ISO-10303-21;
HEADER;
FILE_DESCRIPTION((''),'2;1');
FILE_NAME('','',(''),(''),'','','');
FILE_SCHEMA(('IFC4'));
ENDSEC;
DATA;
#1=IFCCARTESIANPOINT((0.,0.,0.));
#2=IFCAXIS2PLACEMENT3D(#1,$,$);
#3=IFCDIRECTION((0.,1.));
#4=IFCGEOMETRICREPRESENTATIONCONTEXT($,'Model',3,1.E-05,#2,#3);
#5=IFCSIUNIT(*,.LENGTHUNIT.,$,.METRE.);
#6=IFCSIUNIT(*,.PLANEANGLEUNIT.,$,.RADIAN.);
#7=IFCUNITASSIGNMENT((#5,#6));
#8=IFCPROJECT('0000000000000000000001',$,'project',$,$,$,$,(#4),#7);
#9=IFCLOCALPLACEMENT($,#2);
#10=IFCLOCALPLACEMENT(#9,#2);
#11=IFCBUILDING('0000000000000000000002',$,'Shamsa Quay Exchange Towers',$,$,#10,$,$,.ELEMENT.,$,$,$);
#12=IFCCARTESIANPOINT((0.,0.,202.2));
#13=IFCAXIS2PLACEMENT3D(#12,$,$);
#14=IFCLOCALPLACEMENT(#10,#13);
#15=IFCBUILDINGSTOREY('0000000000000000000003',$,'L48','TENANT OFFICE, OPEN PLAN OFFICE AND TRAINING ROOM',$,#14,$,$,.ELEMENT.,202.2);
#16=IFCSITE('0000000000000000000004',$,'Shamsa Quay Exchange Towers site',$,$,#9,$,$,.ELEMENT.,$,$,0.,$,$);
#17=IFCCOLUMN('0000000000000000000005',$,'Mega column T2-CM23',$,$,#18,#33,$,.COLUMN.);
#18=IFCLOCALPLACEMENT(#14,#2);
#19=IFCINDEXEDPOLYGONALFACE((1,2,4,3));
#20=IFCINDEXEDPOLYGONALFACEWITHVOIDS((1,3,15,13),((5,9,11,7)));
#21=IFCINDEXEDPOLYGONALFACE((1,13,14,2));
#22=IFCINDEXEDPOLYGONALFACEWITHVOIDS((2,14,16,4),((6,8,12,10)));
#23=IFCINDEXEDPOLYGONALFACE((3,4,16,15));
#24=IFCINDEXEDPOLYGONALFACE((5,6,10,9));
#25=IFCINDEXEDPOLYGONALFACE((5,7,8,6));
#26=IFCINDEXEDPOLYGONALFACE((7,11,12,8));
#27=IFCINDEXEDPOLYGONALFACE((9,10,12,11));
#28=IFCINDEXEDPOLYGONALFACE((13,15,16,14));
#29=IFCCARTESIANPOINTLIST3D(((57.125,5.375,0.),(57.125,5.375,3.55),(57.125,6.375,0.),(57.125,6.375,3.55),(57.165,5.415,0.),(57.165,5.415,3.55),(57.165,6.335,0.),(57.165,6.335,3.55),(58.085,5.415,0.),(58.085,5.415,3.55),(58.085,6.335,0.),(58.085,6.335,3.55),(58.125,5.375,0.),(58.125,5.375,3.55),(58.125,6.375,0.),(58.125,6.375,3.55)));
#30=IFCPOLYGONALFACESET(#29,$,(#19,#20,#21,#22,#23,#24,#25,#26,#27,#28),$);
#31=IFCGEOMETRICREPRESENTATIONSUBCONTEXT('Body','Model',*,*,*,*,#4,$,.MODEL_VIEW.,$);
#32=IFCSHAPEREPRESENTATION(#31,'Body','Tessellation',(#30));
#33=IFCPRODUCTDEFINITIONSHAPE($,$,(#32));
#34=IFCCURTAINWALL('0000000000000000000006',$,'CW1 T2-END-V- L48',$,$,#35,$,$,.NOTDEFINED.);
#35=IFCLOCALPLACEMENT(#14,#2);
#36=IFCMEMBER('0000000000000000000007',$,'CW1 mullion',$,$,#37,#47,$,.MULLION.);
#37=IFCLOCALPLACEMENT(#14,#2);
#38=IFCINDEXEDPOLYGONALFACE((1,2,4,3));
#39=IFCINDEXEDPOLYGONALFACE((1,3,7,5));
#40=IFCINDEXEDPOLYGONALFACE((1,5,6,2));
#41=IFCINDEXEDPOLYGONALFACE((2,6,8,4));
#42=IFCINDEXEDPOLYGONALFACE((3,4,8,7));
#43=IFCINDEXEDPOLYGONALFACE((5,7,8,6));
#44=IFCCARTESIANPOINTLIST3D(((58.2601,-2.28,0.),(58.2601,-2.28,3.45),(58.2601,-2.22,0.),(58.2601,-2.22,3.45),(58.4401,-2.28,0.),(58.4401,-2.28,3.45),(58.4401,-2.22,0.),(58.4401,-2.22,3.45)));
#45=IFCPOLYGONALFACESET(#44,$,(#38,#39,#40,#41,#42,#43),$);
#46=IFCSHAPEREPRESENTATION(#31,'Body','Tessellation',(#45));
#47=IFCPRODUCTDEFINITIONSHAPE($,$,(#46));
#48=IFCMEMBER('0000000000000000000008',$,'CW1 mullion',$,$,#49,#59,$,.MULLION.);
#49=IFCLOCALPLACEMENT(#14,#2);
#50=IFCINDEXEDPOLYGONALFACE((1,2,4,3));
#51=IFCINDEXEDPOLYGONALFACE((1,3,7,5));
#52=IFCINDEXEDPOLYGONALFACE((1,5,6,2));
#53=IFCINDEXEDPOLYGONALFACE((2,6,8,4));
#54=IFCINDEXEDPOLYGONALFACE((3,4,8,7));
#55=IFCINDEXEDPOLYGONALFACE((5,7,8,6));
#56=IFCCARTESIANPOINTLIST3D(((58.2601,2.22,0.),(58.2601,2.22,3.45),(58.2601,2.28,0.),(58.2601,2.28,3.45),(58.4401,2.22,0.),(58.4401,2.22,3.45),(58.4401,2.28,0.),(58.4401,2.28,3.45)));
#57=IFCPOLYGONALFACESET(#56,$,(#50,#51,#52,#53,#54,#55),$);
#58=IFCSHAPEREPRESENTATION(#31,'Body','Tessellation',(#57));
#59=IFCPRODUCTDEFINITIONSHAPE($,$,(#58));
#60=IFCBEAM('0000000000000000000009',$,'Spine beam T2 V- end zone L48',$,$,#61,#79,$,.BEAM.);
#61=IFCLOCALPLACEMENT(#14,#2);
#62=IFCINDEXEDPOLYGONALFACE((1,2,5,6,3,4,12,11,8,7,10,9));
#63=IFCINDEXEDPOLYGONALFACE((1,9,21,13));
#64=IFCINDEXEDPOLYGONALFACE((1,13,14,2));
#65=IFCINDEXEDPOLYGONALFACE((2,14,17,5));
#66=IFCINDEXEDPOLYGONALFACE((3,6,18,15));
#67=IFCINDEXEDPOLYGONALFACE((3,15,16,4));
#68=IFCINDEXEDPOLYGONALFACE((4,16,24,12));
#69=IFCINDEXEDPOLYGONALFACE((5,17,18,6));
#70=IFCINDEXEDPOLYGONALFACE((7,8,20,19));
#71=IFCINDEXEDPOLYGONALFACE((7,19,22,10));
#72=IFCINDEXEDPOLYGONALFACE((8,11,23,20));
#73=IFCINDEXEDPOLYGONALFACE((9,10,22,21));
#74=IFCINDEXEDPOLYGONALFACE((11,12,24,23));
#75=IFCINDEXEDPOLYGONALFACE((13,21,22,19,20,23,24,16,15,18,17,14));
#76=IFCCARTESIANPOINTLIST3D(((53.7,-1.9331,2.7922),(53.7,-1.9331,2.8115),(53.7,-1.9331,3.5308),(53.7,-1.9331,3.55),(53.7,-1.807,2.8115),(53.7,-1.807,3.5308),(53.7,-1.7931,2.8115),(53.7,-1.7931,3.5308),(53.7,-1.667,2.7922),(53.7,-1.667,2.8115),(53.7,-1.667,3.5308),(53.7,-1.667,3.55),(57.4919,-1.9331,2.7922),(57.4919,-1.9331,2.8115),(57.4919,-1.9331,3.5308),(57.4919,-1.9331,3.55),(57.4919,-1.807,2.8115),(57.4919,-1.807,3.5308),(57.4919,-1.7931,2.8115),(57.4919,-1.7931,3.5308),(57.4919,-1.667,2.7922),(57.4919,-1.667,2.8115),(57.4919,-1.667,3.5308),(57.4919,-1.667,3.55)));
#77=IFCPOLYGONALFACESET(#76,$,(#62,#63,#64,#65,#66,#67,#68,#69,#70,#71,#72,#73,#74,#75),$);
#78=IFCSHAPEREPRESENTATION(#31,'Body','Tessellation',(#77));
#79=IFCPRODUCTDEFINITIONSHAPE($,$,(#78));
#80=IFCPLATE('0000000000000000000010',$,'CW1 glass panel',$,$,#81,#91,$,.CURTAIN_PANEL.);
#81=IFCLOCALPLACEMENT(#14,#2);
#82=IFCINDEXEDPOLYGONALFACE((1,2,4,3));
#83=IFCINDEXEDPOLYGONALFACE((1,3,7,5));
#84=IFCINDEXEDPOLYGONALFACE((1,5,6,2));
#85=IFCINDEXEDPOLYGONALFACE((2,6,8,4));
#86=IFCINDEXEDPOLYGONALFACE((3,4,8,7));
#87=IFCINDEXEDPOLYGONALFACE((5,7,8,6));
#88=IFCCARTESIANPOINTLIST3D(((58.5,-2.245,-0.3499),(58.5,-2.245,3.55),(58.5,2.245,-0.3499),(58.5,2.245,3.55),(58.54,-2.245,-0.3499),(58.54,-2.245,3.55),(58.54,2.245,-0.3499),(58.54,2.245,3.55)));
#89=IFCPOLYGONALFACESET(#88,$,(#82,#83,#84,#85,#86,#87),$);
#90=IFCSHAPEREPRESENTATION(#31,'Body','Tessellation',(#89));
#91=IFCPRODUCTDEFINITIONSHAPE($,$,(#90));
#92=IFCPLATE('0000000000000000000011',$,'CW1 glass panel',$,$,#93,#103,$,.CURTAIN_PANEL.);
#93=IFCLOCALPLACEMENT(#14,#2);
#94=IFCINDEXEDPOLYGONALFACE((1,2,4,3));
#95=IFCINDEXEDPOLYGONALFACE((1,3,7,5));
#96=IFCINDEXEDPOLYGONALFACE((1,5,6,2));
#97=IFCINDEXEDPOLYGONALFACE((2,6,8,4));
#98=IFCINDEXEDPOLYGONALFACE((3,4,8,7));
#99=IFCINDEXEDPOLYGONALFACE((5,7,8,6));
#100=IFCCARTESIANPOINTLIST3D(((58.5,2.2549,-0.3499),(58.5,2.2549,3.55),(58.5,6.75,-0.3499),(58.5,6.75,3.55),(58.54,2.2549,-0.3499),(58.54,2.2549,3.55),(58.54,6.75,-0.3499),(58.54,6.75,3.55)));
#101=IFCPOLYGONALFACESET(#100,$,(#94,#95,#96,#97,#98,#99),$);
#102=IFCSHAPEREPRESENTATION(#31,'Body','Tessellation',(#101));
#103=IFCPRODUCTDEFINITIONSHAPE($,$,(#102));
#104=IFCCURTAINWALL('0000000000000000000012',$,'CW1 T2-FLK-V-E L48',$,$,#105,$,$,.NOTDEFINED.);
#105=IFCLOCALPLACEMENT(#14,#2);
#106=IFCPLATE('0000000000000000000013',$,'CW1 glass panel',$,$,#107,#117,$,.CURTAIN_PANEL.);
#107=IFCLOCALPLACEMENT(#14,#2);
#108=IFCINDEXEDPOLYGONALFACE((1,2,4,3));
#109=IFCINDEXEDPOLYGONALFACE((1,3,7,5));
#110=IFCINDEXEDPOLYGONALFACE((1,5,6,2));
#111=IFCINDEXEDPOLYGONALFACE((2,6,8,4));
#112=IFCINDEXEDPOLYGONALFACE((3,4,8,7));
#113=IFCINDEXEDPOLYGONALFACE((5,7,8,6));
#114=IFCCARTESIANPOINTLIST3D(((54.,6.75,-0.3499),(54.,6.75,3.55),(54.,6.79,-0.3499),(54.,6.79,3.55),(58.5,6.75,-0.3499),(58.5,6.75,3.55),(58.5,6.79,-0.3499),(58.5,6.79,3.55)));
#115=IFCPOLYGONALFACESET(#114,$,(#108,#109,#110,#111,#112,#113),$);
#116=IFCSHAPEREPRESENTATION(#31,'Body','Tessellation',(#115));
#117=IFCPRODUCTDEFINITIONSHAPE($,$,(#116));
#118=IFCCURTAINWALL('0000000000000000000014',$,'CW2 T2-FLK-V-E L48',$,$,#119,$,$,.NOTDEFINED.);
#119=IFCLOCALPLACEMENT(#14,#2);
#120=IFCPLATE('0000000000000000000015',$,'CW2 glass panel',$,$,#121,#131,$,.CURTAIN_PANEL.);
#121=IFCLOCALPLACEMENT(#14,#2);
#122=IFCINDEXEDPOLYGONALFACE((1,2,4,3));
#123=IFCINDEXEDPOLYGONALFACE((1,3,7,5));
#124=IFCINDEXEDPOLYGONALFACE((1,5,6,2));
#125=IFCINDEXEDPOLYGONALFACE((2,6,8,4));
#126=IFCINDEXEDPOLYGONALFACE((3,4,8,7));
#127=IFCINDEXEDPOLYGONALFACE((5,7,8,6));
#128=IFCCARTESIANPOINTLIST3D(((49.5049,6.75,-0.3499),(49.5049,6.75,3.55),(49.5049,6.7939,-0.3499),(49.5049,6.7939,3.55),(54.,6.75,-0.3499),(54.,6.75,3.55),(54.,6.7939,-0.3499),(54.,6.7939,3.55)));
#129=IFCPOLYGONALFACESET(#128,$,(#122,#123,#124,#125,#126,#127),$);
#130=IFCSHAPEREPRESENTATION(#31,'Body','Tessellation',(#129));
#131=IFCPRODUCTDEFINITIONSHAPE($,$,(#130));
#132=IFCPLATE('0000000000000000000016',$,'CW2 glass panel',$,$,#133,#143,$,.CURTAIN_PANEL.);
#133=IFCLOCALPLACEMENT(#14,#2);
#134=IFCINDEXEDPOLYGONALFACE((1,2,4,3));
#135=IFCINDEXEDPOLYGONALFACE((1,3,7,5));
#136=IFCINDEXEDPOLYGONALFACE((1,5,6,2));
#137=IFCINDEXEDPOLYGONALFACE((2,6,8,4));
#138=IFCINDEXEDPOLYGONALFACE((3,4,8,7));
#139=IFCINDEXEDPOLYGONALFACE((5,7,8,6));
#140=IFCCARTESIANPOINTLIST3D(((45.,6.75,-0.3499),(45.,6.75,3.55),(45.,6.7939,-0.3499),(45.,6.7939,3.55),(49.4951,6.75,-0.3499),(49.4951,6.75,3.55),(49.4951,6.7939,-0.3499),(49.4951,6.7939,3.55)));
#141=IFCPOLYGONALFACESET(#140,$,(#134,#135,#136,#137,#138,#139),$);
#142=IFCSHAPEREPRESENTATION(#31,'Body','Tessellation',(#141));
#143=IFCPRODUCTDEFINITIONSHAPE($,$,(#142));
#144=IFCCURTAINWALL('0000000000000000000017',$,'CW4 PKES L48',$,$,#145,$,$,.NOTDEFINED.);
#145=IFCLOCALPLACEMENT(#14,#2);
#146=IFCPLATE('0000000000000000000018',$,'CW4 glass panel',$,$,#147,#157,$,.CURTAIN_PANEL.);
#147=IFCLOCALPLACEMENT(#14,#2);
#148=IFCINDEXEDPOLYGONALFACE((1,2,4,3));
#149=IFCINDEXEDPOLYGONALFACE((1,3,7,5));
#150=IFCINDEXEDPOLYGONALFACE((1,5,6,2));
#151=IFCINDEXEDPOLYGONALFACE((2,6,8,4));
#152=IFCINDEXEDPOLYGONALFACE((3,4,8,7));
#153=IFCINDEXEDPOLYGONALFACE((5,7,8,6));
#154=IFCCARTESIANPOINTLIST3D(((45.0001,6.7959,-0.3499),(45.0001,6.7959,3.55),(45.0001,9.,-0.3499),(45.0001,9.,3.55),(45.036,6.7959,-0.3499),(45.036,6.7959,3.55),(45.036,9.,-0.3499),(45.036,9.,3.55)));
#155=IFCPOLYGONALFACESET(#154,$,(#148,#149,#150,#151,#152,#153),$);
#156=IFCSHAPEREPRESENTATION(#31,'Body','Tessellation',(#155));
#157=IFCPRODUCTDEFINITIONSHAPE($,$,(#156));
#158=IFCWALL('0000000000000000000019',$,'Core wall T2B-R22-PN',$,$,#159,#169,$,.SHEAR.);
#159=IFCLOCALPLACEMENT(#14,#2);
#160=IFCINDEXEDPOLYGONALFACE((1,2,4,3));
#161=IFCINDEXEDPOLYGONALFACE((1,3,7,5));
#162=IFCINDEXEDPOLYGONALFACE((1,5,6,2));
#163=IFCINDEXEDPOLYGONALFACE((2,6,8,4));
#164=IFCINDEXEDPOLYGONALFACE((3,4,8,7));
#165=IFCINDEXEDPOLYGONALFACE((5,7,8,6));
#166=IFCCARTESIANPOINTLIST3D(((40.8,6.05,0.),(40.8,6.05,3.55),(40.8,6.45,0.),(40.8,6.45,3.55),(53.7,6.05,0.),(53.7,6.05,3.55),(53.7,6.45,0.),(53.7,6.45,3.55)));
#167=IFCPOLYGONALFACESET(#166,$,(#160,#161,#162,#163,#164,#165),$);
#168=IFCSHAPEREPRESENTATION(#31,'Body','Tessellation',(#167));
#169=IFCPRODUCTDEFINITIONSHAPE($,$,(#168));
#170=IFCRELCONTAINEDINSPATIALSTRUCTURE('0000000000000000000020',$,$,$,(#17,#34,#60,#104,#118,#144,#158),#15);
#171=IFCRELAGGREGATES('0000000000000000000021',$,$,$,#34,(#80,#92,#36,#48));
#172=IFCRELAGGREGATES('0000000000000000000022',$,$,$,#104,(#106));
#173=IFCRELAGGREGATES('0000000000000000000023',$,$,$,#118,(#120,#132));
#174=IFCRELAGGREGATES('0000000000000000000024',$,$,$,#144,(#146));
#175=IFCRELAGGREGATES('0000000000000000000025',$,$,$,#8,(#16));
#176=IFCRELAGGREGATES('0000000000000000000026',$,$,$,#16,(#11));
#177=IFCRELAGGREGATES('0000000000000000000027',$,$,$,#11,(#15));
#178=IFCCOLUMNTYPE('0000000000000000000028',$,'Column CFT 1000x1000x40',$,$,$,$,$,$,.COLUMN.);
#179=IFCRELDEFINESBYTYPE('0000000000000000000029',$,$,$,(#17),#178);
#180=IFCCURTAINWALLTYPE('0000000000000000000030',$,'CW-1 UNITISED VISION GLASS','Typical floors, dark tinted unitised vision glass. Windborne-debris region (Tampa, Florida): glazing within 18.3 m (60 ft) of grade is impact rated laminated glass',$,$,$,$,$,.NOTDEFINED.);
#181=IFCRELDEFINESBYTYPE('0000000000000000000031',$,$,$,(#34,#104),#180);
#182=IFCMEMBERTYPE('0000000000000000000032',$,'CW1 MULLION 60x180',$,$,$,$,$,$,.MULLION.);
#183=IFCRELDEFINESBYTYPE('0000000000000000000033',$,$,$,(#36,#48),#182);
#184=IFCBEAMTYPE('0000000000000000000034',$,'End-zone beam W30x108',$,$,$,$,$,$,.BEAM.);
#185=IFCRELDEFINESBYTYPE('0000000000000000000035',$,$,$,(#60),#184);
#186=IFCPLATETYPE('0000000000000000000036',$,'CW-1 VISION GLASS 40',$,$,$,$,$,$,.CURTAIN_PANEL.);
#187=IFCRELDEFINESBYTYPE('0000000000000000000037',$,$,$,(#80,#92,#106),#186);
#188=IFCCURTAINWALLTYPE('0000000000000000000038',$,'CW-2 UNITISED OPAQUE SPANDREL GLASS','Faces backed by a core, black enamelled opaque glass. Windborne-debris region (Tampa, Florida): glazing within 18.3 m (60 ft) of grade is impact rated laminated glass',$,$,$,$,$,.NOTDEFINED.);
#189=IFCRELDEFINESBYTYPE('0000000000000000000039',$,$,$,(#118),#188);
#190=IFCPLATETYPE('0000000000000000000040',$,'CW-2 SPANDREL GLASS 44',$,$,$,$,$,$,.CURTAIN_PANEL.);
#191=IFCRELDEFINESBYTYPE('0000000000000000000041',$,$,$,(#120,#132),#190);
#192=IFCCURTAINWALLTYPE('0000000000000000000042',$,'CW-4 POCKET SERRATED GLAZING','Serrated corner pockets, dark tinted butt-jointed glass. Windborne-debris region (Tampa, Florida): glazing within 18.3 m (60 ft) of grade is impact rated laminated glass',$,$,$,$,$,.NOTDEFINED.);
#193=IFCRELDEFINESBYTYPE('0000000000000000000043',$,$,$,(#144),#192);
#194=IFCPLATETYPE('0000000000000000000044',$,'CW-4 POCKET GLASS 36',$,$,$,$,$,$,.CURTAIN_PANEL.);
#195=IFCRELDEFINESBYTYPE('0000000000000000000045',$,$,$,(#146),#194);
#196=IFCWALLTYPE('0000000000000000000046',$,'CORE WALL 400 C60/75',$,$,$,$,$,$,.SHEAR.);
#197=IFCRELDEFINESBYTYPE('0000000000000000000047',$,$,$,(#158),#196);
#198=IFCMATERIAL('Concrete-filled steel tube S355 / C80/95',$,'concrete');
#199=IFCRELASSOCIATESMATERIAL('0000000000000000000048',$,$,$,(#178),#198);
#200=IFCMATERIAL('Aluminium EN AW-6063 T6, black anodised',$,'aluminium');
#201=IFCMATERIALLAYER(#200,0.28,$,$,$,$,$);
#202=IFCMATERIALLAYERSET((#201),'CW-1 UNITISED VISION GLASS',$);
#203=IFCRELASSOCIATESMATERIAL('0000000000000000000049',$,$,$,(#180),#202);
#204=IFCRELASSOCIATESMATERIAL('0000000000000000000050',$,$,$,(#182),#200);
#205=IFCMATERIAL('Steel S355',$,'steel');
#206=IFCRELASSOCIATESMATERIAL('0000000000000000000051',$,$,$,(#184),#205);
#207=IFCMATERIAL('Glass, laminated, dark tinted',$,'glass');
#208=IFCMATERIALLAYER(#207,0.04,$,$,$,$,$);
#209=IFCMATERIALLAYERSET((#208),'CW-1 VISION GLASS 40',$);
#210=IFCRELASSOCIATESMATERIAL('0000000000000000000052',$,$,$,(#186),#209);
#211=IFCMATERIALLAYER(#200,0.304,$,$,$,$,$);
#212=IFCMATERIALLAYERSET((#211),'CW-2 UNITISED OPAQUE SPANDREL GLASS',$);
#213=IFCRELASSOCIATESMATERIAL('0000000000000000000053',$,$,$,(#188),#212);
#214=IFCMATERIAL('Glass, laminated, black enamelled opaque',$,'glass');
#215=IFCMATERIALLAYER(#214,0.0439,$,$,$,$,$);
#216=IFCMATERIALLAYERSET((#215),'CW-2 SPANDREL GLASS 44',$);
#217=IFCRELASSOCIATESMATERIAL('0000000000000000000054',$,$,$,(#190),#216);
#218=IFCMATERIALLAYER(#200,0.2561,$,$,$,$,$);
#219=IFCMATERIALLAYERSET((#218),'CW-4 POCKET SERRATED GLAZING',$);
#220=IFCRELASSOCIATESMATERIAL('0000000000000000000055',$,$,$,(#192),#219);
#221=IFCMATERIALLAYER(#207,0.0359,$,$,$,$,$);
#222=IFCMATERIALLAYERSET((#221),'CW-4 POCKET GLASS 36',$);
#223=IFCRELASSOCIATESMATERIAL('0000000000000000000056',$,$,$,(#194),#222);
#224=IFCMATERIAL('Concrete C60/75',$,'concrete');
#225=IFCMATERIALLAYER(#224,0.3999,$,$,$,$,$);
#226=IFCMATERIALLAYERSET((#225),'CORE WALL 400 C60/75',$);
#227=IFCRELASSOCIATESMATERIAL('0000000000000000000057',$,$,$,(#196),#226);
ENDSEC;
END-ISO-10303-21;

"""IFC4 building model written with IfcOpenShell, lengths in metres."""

from ifc_helpers import new_model, si_unit, direction, frame, frame_2d, origin, origin_2d, place, context, subcontext, project, spatial, rectangle, hollow_rectangle, i_section, extrude, material, layer, layer_set, material_profile, profile_set, type_object, element, aggregate, save


model = new_model("IFC4")

# Units and contexts
model_context = context("Model", 3, precision=1e-05, world=origin(), true_north=direction((0.0, 1.0)))
body_context = subcontext(model_context, "Body", "Model", "MODEL_VIEW")
ifc_project = project(units=[si_unit("LENGTHUNIT", "METRE"), si_unit("PLANEANGLEUNIT", "RADIAN")], contexts=[model_context])

# Site, building, storey
site_placement = place(None, origin())
site = spatial("IfcSite", under=ifc_project, at=site_placement, Name="Shamsa Quay Exchange Towers site", CompositionType="ELEMENT", RefElevation=0.0)
building_placement = place(site_placement, origin())
building = spatial("IfcBuilding", under=site, at=building_placement, Name="Shamsa Quay Exchange Towers", CompositionType="ELEMENT")
storey_placement = place(building_placement, frame((0.0, 0.0, 202.2)))
storey = spatial("IfcBuildingStorey", under=building, at=storey_placement, Name="L48", Description="TENANT OFFICE, OPEN PLAN OFFICE AND TRAINING ROOM", CompositionType="ELEMENT", Elevation=202.2)

# Column
ifc_material_1 = material(Name="Concrete-filled steel tube S355 / C80/95", Category="concrete")
ifc_material_profile_1 = material_profile(ifc_material_1, hollow_rectangle(XDim=1.0, YDim=1.0, WallThickness=0.04, at=origin_2d()), Name="CFT 1000x1000x40")
ifc_profile_set_1 = profile_set([ifc_material_profile_1], Name="Concrete-filled steel tube S355 / C80/95")
column_type = type_object("IfcColumnType", Name="Column CFT 1000x1000x40", PredefinedType="COLUMN", material=ifc_profile_set_1)
column_placement = place(storey_placement, frame((57.625, 5.875, 0.0)))
element("IfcColumn", 1, at=column_placement, inside=storey, type_object=column_type, Name="Mega column T2-CM23", PredefinedType="COLUMN", context=body_context, shape_type="SweptSolid", body=[
    extrude(hollow_rectangle(XDim=1.0, YDim=1.0, WallThickness=0.04, at=origin_2d()), origin(), (0.0, 0.0, 1.0), 3.55),
])

# Curtain wall, members
ifc_material_2 = material(Name="Aluminium EN AW-6063 T6, black anodised", Category="aluminium")
ifc_layer_1 = layer(ifc_material_2, 0.28)
ifc_layer_set_1 = layer_set([ifc_layer_1], Name="CW-1 UNITISED VISION GLASS")
curtain_wall_type_1 = type_object("IfcCurtainWallType", Name="CW-1 UNITISED VISION GLASS", Description="Typical floors, dark tinted unitised vision glass. Windborne-debris region (Tampa, Florida): glazing within 18.3 m (60 ft) of grade is impact rated laminated glass", PredefinedType="NOTDEFINED", material=ifc_layer_set_1)
curtain_wall_1_placement = place(storey_placement, origin())
curtain_wall_1 = element("IfcCurtainWall", 2, at=curtain_wall_1_placement, inside=storey, type_object=curtain_wall_type_1, Name="CW1 T2-END-V- L48", PredefinedType="NOTDEFINED")
ifc_material_profile_2 = material_profile(ifc_material_2, rectangle(XDim=0.1799, YDim=0.0601, at=origin_2d()), Name="MU60x180")
ifc_profile_set_2 = profile_set([ifc_material_profile_2], Name="Aluminium EN AW-6063 T6, black anodised")
member_type = type_object("IfcMemberType", Name="CW1 MULLION 60x180", PredefinedType="MULLION", material=ifc_profile_set_2)
member_1_placement = place(storey_placement, frame((58.3501, -2.25, 0.0), z_axis=(0.0, 0.0, 1.0), x_axis=(-1.0, 0.0, 0.0)))
member_1 = element("IfcMember", 3, at=member_1_placement, type_object=member_type, Name="CW1 mullion", PredefinedType="MULLION", context=body_context, shape_type="SweptSolid", body=[
    extrude(rectangle(XDim=0.1799, YDim=0.0601, at=origin_2d()), origin(), (0.0, 0.0, 1.0), 3.45),
])
member_2_placement = place(storey_placement, frame((58.3501, 2.25, 0.0), z_axis=(0.0, 0.0, 1.0), x_axis=(-1.0, 0.0, 0.0)))
member_2 = element("IfcMember", 4, at=member_2_placement, type_object=member_type, Name="CW1 mullion", PredefinedType="MULLION", context=body_context, shape_type="SweptSolid", body=[
    extrude(rectangle(XDim=0.1799, YDim=0.0601, at=origin_2d()), origin(), (0.0, 0.0, 1.0), 3.45),
])

# Beam
ifc_material_3 = material(Name="Steel S355", Category="steel")
ifc_material_profile_3 = material_profile(ifc_material_3, i_section(OverallWidth=0.2661, OverallDepth=0.7578, WebThickness=0.0139, FlangeThickness=0.0193, at=origin_2d()), Name="W30x108")
ifc_profile_set_3 = profile_set([ifc_material_profile_3], Name="Steel S355")
beam_type = type_object("IfcBeamType", Name="End-zone beam W30x108", PredefinedType="BEAM", material=ifc_profile_set_3)
beam_placement = place(storey_placement, frame((53.7, -1.8, 3.1711), z_axis=(1.0, 0.0, 0.0), x_axis=(0.0, 1.0, 0.0)))
element("IfcBeam", 5, at=beam_placement, inside=storey, type_object=beam_type, Name="Spine beam T2 V- end zone L48", PredefinedType="BEAM", context=body_context, shape_type="SweptSolid", body=[
    extrude(i_section(OverallWidth=0.2661, OverallDepth=0.7578, WebThickness=0.0139, FlangeThickness=0.0193, at=origin_2d()), origin(), (0.0, 0.0, 1.0), 3.792),
])

# Plates
ifc_material_4 = material(Name="Glass, laminated, dark tinted", Category="glass")
ifc_layer_2 = layer(ifc_material_4, 0.04)
ifc_layer_set_2 = layer_set([ifc_layer_2], Name="CW-1 VISION GLASS 40")
plate_type_1 = type_object("IfcPlateType", Name="CW-1 VISION GLASS 40", PredefinedType="CURTAIN_PANEL", material=ifc_layer_set_2)
plate_1_placement = place(storey_placement, frame((58.52, 0.0, -0.3499), z_axis=(0.0, 0.0, 1.0), x_axis=(0.0, 1.0, 0.0)))
plate_1 = element("IfcPlate", 6, at=plate_1_placement, type_object=plate_type_1, Name="CW1 glass panel", PredefinedType="CURTAIN_PANEL", context=body_context, shape_type="SweptSolid", body=[
    extrude(rectangle(XDim=4.49, YDim=0.04, at=origin_2d()), origin(), (0.0, 0.0, 1.0), 3.8999),
])
plate_2_placement = place(storey_placement, frame((58.52, 4.5024, -0.3499), z_axis=(0.0, 0.0, 1.0), x_axis=(0.0, 1.0, 0.0)))
plate_2 = element("IfcPlate", 7, at=plate_2_placement, type_object=plate_type_1, Name="CW1 glass panel", PredefinedType="CURTAIN_PANEL", context=body_context, shape_type="SweptSolid", body=[
    extrude(rectangle(XDim=4.4951, YDim=0.04, at=origin_2d()), origin(), (0.0, 0.0, 1.0), 3.8999),
])
aggregate(curtain_wall_1, [plate_1, plate_2, member_1, member_2])

# Curtain wall, plate
curtain_wall_2_placement = place(storey_placement, origin())
curtain_wall_2 = element("IfcCurtainWall", 8, at=curtain_wall_2_placement, inside=storey, type_object=curtain_wall_type_1, Name="CW1 T2-FLK-V-E L48", PredefinedType="NOTDEFINED")
plate_3_placement = place(storey_placement, frame((56.25, 6.77, -0.3499), z_axis=(0.0, 0.0, 1.0), x_axis=(-1.0, 0.0, 0.0)))
plate_3 = element("IfcPlate", 9, at=plate_3_placement, type_object=plate_type_1, Name="CW1 glass panel", PredefinedType="CURTAIN_PANEL", context=body_context, shape_type="SweptSolid", body=[
    extrude(rectangle(XDim=4.5, YDim=0.04, at=origin_2d()), origin(), (0.0, 0.0, 1.0), 3.8999),
])
aggregate(curtain_wall_2, [plate_3])

# Curtain wall, plates
ifc_layer_3 = layer(ifc_material_2, 0.304)
ifc_layer_set_3 = layer_set([ifc_layer_3], Name="CW-2 UNITISED OPAQUE SPANDREL GLASS")
curtain_wall_type_2 = type_object("IfcCurtainWallType", Name="CW-2 UNITISED OPAQUE SPANDREL GLASS", Description="Faces backed by a core, black enamelled opaque glass. Windborne-debris region (Tampa, Florida): glazing within 18.3 m (60 ft) of grade is impact rated laminated glass", PredefinedType="NOTDEFINED", material=ifc_layer_set_3)
curtain_wall_3_placement = place(storey_placement, origin())
curtain_wall_3 = element("IfcCurtainWall", 10, at=curtain_wall_3_placement, inside=storey, type_object=curtain_wall_type_2, Name="CW2 T2-FLK-V-E L48", PredefinedType="NOTDEFINED")
ifc_material_5 = material(Name="Glass, laminated, black enamelled opaque", Category="glass")
ifc_layer_4 = layer(ifc_material_5, 0.0439)
ifc_layer_set_4 = layer_set([ifc_layer_4], Name="CW-2 SPANDREL GLASS 44")
plate_type_2 = type_object("IfcPlateType", Name="CW-2 SPANDREL GLASS 44", PredefinedType="CURTAIN_PANEL", material=ifc_layer_set_4)
plate_4_placement = place(storey_placement, frame((51.7524, 6.772, -0.3499), z_axis=(0.0, 0.0, 1.0), x_axis=(-1.0, 0.0, 0.0)))
plate_4 = element("IfcPlate", 11, at=plate_4_placement, type_object=plate_type_2, Name="CW2 glass panel", PredefinedType="CURTAIN_PANEL", context=body_context, shape_type="SweptSolid", body=[
    extrude(rectangle(XDim=4.4951, YDim=0.0439, at=origin_2d()), origin(), (0.0, 0.0, 1.0), 3.8999),
])
plate_5_placement = place(storey_placement, frame((47.2476, 6.772, -0.3499), z_axis=(0.0, 0.0, 1.0), x_axis=(-1.0, 0.0, 0.0)))
plate_5 = element("IfcPlate", 12, at=plate_5_placement, type_object=plate_type_2, Name="CW2 glass panel", PredefinedType="CURTAIN_PANEL", context=body_context, shape_type="SweptSolid", body=[
    extrude(rectangle(XDim=4.4951, YDim=0.0439, at=origin_2d()), origin(), (0.0, 0.0, 1.0), 3.8999),
])
aggregate(curtain_wall_3, [plate_4, plate_5])

# Curtain wall, plate
ifc_layer_5 = layer(ifc_material_2, 0.2561)
ifc_layer_set_5 = layer_set([ifc_layer_5], Name="CW-4 POCKET SERRATED GLAZING")
curtain_wall_type_3 = type_object("IfcCurtainWallType", Name="CW-4 POCKET SERRATED GLAZING", Description="Serrated corner pockets, dark tinted butt-jointed glass. Windborne-debris region (Tampa, Florida): glazing within 18.3 m (60 ft) of grade is impact rated laminated glass", PredefinedType="NOTDEFINED", material=ifc_layer_set_5)
curtain_wall_4_placement = place(storey_placement, origin())
curtain_wall_4 = element("IfcCurtainWall", 13, at=curtain_wall_4_placement, inside=storey, type_object=curtain_wall_type_3, Name="CW4 PKES L48", PredefinedType="NOTDEFINED")
ifc_layer_6 = layer(ifc_material_4, 0.0359)
ifc_layer_set_6 = layer_set([ifc_layer_6], Name="CW-4 POCKET GLASS 36")
plate_type_3 = type_object("IfcPlateType", Name="CW-4 POCKET GLASS 36", PredefinedType="CURTAIN_PANEL", material=ifc_layer_set_6)
plate_6_placement = place(storey_placement, frame((45.0181, 7.8979, -0.3499), z_axis=(0.0, 0.0, 1.0), x_axis=(0.0, 1.0, 0.0)))
plate_6 = element("IfcPlate", 14, at=plate_6_placement, type_object=plate_type_3, Name="CW4 glass panel", PredefinedType="CURTAIN_PANEL", context=body_context, shape_type="SweptSolid", body=[
    extrude(rectangle(XDim=2.2041, YDim=0.0359, at=origin_2d()), origin(), (0.0, 0.0, 1.0), 3.8999),
])
aggregate(curtain_wall_4, [plate_6])

# Wall
ifc_material_6 = material(Name="Concrete C60/75", Category="concrete")
ifc_layer_7 = layer(ifc_material_6, 0.3999)
ifc_layer_set_7 = layer_set([ifc_layer_7], Name="CORE WALL 400 C60/75")
wall_type_1 = type_object("IfcWallType", Name="CORE WALL 400 C60/75", PredefinedType="SHEAR", material=ifc_layer_set_7)
wall_1_placement = place(storey_placement, frame((53.7, 6.25, 0.0), z_axis=(0.0, 0.0, 1.0), x_axis=(-1.0, 0.0, 0.0)))
element("IfcWall", 15, at=wall_1_placement, inside=storey, type_object=wall_type_1, Name="Core wall T2B-R22-PN", PredefinedType="SHEAR", context=body_context, shape_type="SweptSolid", body=[
    extrude(rectangle(XDim=12.8999, YDim=0.3999, at=frame_2d((6.45, 0.0))), origin(), (0.0, 0.0, 1.0), 3.55),
])

save(model, "model.ifc")
